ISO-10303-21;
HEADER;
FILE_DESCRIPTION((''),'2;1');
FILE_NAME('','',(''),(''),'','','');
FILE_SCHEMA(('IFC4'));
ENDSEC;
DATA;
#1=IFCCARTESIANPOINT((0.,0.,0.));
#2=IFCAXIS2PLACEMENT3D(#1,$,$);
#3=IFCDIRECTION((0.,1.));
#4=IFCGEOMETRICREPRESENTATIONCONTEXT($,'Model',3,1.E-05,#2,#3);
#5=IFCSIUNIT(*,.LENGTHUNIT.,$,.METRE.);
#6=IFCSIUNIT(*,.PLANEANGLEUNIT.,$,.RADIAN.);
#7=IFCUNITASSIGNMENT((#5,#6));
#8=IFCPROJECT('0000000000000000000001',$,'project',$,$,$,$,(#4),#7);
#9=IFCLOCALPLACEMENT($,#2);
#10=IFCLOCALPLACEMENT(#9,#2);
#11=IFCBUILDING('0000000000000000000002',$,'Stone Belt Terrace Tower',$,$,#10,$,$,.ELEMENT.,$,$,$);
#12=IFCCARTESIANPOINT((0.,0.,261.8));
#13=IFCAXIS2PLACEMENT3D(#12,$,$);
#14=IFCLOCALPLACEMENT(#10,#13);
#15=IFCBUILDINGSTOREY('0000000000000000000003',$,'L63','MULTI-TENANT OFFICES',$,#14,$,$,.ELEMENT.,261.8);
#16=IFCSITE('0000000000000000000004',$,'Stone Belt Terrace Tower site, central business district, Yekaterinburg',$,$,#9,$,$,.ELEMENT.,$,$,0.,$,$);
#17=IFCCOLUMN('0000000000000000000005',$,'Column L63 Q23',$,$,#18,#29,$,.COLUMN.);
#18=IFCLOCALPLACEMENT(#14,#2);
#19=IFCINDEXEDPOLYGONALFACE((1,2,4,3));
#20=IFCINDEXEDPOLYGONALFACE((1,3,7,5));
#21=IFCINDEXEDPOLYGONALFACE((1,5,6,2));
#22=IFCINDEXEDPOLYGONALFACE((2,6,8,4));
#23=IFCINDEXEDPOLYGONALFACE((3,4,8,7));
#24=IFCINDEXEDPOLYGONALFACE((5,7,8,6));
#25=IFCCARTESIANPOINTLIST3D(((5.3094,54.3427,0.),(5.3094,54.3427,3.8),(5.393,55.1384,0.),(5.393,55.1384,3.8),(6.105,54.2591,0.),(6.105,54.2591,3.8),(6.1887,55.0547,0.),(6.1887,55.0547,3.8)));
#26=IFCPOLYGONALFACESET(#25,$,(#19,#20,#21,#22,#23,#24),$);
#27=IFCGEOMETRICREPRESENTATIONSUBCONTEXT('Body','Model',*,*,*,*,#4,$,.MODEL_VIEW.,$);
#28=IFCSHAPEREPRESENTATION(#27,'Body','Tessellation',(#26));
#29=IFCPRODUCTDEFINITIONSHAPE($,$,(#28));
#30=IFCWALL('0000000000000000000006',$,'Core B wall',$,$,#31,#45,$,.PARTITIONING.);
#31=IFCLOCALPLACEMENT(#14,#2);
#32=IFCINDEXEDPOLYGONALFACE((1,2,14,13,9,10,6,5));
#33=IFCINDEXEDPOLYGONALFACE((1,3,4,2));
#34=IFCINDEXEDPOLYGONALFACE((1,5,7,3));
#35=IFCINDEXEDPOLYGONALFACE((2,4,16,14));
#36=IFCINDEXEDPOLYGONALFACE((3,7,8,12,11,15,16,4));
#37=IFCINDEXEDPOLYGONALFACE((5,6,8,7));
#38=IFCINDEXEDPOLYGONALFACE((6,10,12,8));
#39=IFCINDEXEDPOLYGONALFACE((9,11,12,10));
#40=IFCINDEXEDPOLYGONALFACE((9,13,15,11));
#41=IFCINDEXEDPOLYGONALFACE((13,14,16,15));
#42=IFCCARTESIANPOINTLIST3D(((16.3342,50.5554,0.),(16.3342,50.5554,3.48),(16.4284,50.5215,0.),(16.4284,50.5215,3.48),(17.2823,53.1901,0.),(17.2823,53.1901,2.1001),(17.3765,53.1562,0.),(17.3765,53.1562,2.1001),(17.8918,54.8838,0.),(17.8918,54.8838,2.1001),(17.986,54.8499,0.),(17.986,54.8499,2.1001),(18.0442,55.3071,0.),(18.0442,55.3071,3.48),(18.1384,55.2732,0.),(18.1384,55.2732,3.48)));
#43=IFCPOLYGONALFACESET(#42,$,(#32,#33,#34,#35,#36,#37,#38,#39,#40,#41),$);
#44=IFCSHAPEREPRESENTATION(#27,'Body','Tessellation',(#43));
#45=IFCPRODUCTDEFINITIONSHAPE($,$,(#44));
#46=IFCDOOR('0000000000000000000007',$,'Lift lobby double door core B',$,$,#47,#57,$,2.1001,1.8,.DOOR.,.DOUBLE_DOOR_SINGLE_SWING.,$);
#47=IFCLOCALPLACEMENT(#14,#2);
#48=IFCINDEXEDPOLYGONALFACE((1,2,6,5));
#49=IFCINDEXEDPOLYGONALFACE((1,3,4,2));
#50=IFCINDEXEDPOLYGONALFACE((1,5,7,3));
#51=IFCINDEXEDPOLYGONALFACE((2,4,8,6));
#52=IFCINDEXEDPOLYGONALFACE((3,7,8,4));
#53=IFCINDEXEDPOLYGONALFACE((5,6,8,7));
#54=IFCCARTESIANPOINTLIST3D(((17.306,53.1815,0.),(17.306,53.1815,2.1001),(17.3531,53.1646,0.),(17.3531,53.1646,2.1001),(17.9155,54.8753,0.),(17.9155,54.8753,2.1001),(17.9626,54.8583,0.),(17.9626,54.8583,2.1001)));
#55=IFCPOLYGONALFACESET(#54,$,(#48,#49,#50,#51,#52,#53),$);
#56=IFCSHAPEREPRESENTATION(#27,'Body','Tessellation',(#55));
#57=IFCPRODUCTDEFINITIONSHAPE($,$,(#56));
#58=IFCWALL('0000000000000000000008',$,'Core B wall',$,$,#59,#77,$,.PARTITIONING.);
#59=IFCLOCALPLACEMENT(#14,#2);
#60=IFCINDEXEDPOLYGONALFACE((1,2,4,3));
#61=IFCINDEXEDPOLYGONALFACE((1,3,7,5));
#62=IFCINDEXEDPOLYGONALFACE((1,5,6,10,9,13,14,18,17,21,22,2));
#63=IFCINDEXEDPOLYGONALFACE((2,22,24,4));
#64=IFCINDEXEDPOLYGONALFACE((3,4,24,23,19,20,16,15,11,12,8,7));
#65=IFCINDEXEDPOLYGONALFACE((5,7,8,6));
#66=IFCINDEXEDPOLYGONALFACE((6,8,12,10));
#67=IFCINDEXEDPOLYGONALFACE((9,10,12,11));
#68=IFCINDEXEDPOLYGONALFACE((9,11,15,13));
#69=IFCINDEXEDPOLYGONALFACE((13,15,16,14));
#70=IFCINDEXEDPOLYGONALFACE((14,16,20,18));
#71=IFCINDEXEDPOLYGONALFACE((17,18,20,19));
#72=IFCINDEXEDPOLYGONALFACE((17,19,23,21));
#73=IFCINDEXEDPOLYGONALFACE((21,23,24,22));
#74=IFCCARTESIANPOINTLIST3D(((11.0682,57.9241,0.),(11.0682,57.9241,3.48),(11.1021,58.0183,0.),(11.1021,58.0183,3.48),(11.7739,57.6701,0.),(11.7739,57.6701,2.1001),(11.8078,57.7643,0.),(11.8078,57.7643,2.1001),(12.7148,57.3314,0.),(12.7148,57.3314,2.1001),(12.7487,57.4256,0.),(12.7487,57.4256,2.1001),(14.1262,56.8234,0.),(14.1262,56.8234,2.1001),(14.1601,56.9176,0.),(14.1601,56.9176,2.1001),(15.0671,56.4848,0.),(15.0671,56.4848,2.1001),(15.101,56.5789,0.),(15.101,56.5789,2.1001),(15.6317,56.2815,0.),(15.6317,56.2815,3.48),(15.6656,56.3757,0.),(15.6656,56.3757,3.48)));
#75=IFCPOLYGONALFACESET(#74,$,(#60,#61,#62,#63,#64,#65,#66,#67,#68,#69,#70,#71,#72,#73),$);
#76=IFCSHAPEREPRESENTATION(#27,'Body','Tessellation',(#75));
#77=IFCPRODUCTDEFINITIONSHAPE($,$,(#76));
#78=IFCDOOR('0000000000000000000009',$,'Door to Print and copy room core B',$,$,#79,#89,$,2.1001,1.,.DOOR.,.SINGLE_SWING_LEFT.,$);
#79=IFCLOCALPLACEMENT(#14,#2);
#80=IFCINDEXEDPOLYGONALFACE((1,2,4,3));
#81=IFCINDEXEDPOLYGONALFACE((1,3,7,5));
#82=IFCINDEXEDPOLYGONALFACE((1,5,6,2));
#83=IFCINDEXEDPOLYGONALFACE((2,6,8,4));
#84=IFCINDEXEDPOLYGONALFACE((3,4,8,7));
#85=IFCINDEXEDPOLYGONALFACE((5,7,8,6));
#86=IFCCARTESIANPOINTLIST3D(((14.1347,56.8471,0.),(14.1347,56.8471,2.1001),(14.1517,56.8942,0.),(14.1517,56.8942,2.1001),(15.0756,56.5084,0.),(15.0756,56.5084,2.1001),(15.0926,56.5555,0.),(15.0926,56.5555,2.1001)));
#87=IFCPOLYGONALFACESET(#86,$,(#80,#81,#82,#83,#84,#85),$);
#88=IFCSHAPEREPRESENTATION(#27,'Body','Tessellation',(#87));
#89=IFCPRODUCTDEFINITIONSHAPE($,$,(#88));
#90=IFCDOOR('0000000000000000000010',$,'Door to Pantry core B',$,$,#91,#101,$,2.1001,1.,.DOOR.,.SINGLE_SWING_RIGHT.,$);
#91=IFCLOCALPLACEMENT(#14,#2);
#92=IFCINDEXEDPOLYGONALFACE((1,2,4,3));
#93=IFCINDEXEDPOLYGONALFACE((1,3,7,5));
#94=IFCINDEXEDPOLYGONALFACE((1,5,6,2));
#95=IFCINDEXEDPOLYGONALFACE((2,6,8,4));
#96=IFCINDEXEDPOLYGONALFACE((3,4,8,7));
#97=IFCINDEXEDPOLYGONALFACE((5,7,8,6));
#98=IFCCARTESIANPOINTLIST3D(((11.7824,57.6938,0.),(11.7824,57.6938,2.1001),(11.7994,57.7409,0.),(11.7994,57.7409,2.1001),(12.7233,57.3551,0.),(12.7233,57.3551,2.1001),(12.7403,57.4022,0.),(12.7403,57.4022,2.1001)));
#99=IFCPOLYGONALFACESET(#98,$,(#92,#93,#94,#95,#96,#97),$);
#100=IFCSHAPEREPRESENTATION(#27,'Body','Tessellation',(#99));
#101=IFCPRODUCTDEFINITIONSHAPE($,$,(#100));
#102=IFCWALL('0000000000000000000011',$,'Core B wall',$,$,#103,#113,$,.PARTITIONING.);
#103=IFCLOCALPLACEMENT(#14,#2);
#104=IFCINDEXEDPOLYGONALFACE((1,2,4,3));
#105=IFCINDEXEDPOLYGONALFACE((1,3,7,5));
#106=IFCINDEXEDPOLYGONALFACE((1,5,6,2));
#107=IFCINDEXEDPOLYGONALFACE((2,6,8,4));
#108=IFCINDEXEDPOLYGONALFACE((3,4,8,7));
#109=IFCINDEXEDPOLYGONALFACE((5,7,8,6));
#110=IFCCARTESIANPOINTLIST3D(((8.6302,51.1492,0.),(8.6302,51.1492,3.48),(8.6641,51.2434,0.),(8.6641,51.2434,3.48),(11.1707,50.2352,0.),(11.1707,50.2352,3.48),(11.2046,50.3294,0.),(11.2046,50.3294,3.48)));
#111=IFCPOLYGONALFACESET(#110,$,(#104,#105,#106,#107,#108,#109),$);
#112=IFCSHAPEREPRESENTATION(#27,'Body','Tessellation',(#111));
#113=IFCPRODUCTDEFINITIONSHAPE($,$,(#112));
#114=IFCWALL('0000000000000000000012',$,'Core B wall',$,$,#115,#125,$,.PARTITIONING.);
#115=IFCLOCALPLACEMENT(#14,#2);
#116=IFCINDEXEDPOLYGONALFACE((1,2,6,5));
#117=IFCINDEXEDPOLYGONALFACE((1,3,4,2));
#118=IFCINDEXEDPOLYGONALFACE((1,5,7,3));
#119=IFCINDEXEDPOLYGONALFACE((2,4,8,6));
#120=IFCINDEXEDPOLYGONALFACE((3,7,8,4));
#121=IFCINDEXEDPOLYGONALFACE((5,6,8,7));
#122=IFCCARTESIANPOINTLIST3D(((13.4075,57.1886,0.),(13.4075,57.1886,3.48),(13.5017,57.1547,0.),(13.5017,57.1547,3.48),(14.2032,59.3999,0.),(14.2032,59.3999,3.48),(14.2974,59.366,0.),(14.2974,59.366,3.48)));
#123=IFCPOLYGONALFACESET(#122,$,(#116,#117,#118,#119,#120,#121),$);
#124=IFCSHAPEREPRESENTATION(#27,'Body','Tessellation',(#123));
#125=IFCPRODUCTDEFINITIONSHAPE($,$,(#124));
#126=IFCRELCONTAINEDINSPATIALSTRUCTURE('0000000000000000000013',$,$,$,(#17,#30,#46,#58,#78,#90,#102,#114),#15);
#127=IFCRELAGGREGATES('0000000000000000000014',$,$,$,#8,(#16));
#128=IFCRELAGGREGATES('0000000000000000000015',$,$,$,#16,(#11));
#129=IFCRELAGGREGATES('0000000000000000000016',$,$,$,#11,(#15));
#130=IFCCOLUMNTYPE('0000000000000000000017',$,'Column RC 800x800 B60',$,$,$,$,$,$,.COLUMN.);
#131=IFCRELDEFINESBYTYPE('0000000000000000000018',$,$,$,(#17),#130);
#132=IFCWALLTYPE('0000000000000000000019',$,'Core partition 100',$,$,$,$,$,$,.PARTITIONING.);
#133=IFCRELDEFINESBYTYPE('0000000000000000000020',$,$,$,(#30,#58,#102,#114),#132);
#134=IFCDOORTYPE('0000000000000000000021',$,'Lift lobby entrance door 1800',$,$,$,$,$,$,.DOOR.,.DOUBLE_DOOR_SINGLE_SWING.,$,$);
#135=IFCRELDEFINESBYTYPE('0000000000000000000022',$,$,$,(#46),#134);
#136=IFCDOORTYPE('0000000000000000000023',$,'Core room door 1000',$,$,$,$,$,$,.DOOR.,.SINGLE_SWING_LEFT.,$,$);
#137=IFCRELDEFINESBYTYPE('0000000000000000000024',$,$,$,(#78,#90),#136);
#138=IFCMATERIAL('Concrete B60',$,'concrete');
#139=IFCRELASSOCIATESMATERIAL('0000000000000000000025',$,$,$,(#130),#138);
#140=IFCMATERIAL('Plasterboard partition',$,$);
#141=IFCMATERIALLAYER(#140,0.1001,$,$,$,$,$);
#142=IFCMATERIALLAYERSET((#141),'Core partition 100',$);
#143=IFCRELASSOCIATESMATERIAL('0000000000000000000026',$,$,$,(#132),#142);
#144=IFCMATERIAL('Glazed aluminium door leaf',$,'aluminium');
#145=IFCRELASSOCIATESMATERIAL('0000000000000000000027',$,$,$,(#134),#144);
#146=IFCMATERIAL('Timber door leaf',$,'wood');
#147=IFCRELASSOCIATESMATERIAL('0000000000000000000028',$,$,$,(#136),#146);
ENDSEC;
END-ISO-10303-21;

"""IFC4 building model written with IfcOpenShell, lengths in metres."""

from ifc_helpers import new_model, si_unit, direction, frame, frame_2d, origin, origin_2d, place, context, subcontext, project, spatial, rectangle, extrude, material, layer, layer_set, material_profile, profile_set, type_object, element, fill, save


model = new_model("IFC4")

# Units and contexts
model_context = context("Model", 3, precision=1e-05, world=origin(), true_north=direction((0.0, 1.0)))
body_context = subcontext(model_context, "Body", "Model", "MODEL_VIEW")
ifc_project = project(units=[si_unit("LENGTHUNIT", "METRE"), si_unit("PLANEANGLEUNIT", "RADIAN")], contexts=[model_context])

# Site, building, storey
site_placement = place(None, origin())
site = spatial("IfcSite", under=ifc_project, at=site_placement, Name="Stone Belt Terrace Tower site, central business district, Yekaterinburg", CompositionType="ELEMENT", RefElevation=0.0)
building_placement = place(site_placement, origin())
building = spatial("IfcBuilding", under=site, at=building_placement, Name="Stone Belt Terrace Tower", CompositionType="ELEMENT")
storey_placement = place(building_placement, frame((0.0, 0.0, 261.8)))
storey = spatial("IfcBuildingStorey", under=building, at=storey_placement, Name="L63", Description="MULTI-TENANT OFFICES", CompositionType="ELEMENT", Elevation=261.8)

# Column
ifc_material_1 = material(Name="Concrete B60", Category="concrete")
ifc_material_profile = material_profile(ifc_material_1, rectangle(XDim=0.8, YDim=0.8, at=origin_2d()), Name="RC 800x800")
ifc_profile_set = profile_set([ifc_material_profile], Name="Concrete B60")
column_type = type_object("IfcColumnType", Name="Column RC 800x800 B60", PredefinedType="COLUMN", material=ifc_profile_set)
column_placement = place(storey_placement, frame((5.749, 54.6987, 0.0), z_axis=(0.0, 0.0, 1.0), x_axis=(0.994522, -0.104528, 0.0)))
element("IfcColumn", 1, at=column_placement, inside=storey, type_object=column_type, Name="Column L63 Q23", PredefinedType="COLUMN", context=body_context, shape_type="SweptSolid", body=[
    extrude(rectangle(XDim=0.8, YDim=0.8, at=origin_2d()), origin(), (0.0, 0.0, 1.0), 3.8),
])

# Wall, opening, door
ifc_material_2 = material(Name="Plasterboard partition")
ifc_layer_1 = layer(ifc_material_2, 0.1001)
ifc_layer_set_1 = layer_set([ifc_layer_1], Name="Core partition 100")
wall_type_1 = type_object("IfcWallType", Name="Core partition 100", PredefinedType="PARTITIONING", material=ifc_layer_set_1)
wall_1_placement = place(storey_placement, frame((16.3813, 50.5386, 0.0), z_axis=(0.0, 0.0, 1.0), x_axis=(0.338605, 0.940929, 0.0)))
wall_1 = element("IfcWall", 2, at=wall_1_placement, inside=storey, type_object=wall_type_1, Name="Core B wall", PredefinedType="PARTITIONING", context=body_context, shape_type="SweptSolid", body=[
    extrude(rectangle(XDim=5.05, YDim=0.1001, at=frame_2d((2.5249, 0.0))), origin(), (0.0, 0.0, 1.0), 3.48),
])
opening_1_placement = place(wall_1_placement, frame((2.8, 0.0, 0.0)))
opening_1 = element("IfcOpeningElement", 3, at=opening_1_placement, cuts=wall_1, PredefinedType="OPENING", context=body_context, shape_type="SweptSolid", body=[
    extrude(rectangle(XDim=1.8, YDim=2.1001, at=frame_2d((0.8999, 1.05))), frame((0.0, 0.0601, 0.0), z_axis=(0.0, -1.0, 0.0), x_axis=(1.0, 0.0, 0.0)), (0.0, 0.0, 1.0), 0.1201),
])
ifc_material_3 = material(Name="Glazed aluminium door leaf", Category="aluminium")
door_type_1 = type_object("IfcDoorType", Name="Lift lobby entrance door 1800", OperationType="DOUBLE_DOOR_SINGLE_SWING", PredefinedType="DOOR", material=ifc_material_3)
door_1_placement = place(opening_1_placement, origin())
door_1 = element("IfcDoor", 4, at=door_1_placement, inside=storey, type_object=door_type_1, Name="Lift lobby double door core B", OperationType="DOUBLE_DOOR_SINGLE_SWING", OverallHeight=2.1001, OverallWidth=1.8, PredefinedType="DOOR", context=body_context, shape_type="SweptSolid", body=[
    extrude(rectangle(XDim=1.8, YDim=2.1001, at=frame_2d((0.8999, 1.05))), frame((0.0, 0.0249, 0.0), z_axis=(0.0, -1.0, 0.0), x_axis=(1.0, 0.0, 0.0)), (0.0, 0.0, 1.0), 0.05),
])
fill(opening_1, door_1)

# Wall, openings, doors
wall_2_placement = place(storey_placement, frame((15.6487, 56.3286, 0.0), z_axis=(0.0, 0.0, 1.0), x_axis=(-0.940905, 0.33867, 0.0)))
wall_2 = element("IfcWall", 5, at=wall_2_placement, inside=storey, type_object=wall_type_1, Name="Core B wall", PredefinedType="PARTITIONING", context=body_context, shape_type="SweptSolid", body=[
    extrude(rectangle(XDim=4.8501, YDim=0.1001, at=frame_2d((2.425, 0.0))), origin(), (0.0, 0.0, 1.0), 3.48),
])
opening_2_placement = place(wall_2_placement, frame((0.6001, 0.0, 0.0)))
opening_2 = element("IfcOpeningElement", 6, at=opening_2_placement, cuts=wall_2, PredefinedType="OPENING", context=body_context, shape_type="SweptSolid", body=[
    extrude(rectangle(XDim=1.0, YDim=2.1001, at=frame_2d((0.5, 1.05))), frame((0.0, 0.0601, 0.0), z_axis=(0.0, -1.0, 0.0), x_axis=(1.0, 0.0, 0.0)), (0.0, 0.0, 1.0), 0.1201),
])
opening_3_placement = place(wall_2_placement, frame((3.1001, 0.0, 0.0)))
opening_3 = element("IfcOpeningElement", 7, at=opening_3_placement, cuts=wall_2, PredefinedType="OPENING", context=body_context, shape_type="SweptSolid", body=[
    extrude(rectangle(XDim=1.0, YDim=2.1001, at=frame_2d((0.5, 1.05))), frame((0.0, 0.0601, 0.0), z_axis=(0.0, -1.0, 0.0), x_axis=(1.0, 0.0, 0.0)), (0.0, 0.0, 1.0), 0.1201),
])
ifc_material_4 = material(Name="Timber door leaf", Category="wood")
door_type_2 = type_object("IfcDoorType", Name="Core room door 1000", OperationType="SINGLE_SWING_LEFT", PredefinedType="DOOR", material=ifc_material_4)
door_2_placement = place(opening_2_placement, origin())
door_2 = element("IfcDoor", 8, at=door_2_placement, inside=storey, type_object=door_type_2, Name="Door to Print and copy room core B", OperationType="SINGLE_SWING_LEFT", OverallHeight=2.1001, OverallWidth=1.0, PredefinedType="DOOR", context=body_context, shape_type="SweptSolid", body=[
    extrude(rectangle(XDim=1.0, YDim=2.1001, at=frame_2d((0.5, 1.05))), frame((0.0, 0.0249, 0.0), z_axis=(0.0, -1.0, 0.0), x_axis=(1.0, 0.0, 0.0)), (0.0, 0.0, 1.0), 0.05),
])
fill(opening_2, door_2)
door_3_placement = place(opening_3_placement, origin())
door_3 = element("IfcDoor", 9, at=door_3_placement, inside=storey, type_object=door_type_2, Name="Door to Pantry core B", OperationType="SINGLE_SWING_RIGHT", OverallHeight=2.1001, OverallWidth=1.0, PredefinedType="DOOR", context=body_context, shape_type="SweptSolid", body=[
    extrude(rectangle(XDim=1.0, YDim=2.1001, at=frame_2d((0.5, 1.05))), frame((0.0, 0.0249, 0.0), z_axis=(0.0, -1.0, 0.0), x_axis=(1.0, 0.0, 0.0)), (0.0, 0.0, 1.0), 0.05),
])
fill(opening_3, door_3)

# Walls
wall_3_placement = place(storey_placement, frame((11.1877, 50.2822, 0.0), z_axis=(0.0, 0.0, 1.0), x_axis=(-0.94095, 0.338547, 0.0)))
element("IfcWall", 10, at=wall_3_placement, inside=storey, type_object=wall_type_1, Name="Core B wall", PredefinedType="PARTITIONING", context=body_context, shape_type="SweptSolid", body=[
    extrude(rectangle(XDim=2.7, YDim=0.1001, at=frame_2d((1.3501, 0.0))), origin(), (0.0, 0.0, 1.0), 3.48),
])
wall_4_placement = place(storey_placement, frame((13.4546, 57.1716, 0.0), z_axis=(0.0, 0.0, 1.0), x_axis=(0.33858, 0.940938, 0.0)))
element("IfcWall", 11, at=wall_4_placement, inside=storey, type_object=wall_type_1, Name="Core B wall", PredefinedType="PARTITIONING", context=body_context, shape_type="SweptSolid", body=[
    extrude(rectangle(XDim=2.3501, YDim=0.1001, at=frame_2d((1.175, 0.0))), origin(), (0.0, 0.0, 1.0), 3.48),
])

save(model, "model.ifc")
